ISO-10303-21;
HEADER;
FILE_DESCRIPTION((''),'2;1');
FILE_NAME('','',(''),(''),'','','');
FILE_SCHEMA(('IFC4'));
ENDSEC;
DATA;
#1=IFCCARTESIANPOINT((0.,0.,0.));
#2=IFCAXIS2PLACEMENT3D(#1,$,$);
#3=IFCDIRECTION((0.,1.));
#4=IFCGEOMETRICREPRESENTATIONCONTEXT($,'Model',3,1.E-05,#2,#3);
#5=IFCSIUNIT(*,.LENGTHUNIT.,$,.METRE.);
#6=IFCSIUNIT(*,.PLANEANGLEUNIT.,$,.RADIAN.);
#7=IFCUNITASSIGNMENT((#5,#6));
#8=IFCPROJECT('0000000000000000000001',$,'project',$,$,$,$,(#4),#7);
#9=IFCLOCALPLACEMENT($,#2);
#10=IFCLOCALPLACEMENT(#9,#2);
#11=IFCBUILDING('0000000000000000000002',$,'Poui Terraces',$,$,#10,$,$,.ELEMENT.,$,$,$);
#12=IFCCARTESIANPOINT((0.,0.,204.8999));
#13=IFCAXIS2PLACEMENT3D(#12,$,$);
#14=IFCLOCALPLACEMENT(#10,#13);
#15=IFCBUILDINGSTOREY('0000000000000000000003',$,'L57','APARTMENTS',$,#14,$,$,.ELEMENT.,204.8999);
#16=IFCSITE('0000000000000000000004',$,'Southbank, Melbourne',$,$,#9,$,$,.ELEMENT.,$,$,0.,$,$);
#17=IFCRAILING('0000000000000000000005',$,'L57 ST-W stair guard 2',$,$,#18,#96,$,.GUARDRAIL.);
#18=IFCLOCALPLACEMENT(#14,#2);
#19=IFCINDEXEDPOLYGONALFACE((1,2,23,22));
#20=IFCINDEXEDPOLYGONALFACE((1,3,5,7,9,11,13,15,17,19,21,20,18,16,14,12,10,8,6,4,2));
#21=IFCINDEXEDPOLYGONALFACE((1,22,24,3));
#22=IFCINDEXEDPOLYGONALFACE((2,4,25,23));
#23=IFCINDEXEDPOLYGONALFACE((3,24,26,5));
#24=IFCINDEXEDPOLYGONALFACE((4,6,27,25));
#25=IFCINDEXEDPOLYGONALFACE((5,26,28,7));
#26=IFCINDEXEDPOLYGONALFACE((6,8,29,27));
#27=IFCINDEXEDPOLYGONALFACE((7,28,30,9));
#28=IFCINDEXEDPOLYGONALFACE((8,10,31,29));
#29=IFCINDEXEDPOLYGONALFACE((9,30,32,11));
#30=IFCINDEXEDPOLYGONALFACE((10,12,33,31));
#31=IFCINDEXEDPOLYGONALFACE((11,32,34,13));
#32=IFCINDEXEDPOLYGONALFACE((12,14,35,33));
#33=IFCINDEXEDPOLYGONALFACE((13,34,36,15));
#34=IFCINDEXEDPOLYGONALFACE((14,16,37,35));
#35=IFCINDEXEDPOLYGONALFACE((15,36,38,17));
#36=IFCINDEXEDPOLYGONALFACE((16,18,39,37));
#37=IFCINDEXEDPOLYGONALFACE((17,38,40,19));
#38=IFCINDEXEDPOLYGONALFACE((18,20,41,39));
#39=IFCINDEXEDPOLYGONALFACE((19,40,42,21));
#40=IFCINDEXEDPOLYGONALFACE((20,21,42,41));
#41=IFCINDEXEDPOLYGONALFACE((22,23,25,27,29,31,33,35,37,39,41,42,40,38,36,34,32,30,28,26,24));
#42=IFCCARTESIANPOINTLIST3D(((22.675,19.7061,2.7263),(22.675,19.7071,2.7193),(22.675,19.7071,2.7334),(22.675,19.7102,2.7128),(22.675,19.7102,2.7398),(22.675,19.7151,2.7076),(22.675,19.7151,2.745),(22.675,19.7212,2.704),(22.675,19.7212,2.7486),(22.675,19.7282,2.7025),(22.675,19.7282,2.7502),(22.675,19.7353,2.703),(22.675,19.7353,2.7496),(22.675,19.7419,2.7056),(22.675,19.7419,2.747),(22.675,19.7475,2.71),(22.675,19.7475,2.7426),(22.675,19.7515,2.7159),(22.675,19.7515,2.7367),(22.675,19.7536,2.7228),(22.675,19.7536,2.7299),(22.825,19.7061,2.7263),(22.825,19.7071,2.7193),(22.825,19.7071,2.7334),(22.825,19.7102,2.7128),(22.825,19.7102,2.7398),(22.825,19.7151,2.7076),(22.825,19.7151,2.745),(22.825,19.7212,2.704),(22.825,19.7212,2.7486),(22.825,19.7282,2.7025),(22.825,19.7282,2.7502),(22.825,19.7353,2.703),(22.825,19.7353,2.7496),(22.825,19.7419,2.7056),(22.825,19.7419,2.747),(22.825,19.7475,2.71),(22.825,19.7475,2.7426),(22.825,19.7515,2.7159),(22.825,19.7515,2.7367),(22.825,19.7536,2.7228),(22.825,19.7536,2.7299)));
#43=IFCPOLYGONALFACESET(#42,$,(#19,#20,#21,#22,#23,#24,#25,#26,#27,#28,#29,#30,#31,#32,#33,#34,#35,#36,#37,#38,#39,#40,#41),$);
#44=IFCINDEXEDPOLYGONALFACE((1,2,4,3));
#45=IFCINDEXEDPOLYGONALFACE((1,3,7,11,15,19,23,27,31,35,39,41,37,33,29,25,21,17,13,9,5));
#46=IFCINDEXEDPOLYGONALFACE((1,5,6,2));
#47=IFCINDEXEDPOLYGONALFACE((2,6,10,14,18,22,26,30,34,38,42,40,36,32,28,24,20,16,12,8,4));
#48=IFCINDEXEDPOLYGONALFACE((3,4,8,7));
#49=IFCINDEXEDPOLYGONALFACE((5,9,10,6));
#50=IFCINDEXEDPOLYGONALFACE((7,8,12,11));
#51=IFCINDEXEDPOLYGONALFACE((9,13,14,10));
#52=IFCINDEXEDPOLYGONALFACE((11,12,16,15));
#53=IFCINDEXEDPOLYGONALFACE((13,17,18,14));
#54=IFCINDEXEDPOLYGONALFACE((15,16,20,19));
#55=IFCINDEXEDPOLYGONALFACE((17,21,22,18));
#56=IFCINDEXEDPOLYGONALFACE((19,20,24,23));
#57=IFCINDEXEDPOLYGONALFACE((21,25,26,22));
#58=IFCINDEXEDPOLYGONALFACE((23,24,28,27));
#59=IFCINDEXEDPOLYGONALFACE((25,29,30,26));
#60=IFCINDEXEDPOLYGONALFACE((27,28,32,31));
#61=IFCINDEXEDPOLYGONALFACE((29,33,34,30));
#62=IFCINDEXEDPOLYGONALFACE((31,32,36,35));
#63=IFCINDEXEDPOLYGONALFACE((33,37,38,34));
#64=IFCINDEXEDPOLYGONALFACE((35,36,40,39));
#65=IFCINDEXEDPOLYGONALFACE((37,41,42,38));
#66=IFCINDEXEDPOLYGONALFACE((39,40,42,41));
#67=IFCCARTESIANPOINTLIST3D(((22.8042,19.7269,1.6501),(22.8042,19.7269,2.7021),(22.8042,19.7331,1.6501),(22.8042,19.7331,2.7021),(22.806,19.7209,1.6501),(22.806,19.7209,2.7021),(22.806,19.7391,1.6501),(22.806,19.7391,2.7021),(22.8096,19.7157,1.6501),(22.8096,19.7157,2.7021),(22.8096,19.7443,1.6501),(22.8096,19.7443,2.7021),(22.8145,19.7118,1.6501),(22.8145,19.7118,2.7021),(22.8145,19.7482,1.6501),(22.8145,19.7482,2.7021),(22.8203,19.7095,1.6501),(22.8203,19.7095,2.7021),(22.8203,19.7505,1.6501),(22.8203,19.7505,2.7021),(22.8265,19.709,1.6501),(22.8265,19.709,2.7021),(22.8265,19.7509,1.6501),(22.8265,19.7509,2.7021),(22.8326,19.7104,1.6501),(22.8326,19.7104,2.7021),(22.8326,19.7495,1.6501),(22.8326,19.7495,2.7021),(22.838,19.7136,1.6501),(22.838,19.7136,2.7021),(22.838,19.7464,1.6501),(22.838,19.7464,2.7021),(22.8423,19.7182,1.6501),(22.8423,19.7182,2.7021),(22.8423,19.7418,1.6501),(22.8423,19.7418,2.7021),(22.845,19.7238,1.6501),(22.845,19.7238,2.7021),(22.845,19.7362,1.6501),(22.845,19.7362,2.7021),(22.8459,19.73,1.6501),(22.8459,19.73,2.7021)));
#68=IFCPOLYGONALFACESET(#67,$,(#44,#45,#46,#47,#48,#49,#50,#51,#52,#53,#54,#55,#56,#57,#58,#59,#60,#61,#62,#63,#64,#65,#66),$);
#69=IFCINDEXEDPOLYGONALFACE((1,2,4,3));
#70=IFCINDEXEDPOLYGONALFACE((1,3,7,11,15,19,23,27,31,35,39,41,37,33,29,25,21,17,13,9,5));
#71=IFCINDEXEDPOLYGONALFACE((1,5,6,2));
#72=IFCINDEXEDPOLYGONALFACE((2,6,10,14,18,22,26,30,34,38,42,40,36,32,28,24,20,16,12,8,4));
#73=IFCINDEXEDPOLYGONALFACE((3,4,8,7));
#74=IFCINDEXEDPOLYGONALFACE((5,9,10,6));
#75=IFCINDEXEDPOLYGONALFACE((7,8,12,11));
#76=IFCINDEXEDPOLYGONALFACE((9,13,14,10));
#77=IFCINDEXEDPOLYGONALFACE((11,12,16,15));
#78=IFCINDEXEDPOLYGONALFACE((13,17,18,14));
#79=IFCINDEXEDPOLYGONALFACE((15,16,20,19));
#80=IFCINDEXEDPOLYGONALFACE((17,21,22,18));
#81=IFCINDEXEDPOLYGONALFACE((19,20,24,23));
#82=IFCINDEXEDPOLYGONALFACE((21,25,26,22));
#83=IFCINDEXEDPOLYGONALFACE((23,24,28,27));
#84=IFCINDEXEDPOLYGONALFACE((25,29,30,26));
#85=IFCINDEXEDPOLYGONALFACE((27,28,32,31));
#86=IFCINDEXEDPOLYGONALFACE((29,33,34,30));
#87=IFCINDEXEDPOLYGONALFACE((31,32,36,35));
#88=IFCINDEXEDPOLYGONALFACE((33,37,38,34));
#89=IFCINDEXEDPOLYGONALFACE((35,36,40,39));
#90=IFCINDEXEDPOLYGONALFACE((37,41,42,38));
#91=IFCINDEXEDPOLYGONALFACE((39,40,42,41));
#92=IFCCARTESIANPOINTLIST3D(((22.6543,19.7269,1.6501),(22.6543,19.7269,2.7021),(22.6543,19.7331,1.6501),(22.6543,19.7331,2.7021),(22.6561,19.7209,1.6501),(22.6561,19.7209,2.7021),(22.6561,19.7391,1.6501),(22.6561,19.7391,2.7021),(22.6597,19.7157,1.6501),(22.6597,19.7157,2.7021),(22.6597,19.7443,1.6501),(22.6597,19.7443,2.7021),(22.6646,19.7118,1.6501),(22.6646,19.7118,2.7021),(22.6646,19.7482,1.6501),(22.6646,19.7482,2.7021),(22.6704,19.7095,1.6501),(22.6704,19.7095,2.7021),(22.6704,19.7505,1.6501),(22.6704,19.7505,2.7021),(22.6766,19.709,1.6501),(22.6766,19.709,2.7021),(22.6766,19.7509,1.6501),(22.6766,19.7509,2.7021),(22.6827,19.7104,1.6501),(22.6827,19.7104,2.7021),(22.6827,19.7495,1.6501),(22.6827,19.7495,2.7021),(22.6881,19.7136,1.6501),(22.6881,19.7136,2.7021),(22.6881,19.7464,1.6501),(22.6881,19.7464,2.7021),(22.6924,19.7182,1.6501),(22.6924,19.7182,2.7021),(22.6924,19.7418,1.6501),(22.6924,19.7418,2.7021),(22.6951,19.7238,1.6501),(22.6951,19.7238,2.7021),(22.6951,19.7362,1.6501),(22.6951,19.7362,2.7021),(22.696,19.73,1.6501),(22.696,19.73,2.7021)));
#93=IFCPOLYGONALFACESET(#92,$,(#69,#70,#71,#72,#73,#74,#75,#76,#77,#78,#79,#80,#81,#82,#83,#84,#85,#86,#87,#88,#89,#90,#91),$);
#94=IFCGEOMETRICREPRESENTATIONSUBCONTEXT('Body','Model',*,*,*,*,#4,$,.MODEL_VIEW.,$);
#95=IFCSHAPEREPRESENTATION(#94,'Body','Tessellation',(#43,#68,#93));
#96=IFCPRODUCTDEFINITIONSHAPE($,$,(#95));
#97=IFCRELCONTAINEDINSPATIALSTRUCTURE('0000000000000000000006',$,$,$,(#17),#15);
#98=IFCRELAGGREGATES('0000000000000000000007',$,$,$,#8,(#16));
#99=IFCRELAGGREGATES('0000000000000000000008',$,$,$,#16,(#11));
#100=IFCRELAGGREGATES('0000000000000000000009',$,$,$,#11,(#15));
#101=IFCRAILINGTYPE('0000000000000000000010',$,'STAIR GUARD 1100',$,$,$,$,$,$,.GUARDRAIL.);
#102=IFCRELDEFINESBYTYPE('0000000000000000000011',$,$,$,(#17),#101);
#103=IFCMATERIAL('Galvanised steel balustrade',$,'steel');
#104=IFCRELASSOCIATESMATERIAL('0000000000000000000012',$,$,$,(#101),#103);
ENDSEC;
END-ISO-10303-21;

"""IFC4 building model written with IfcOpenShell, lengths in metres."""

from ifc_helpers import new_model, si_unit, direction, frame, origin, origin_2d, place, context, subcontext, project, spatial, circle, extrude, material, type_object, element, save


model = new_model("IFC4")

# Units and contexts
model_context = context("Model", 3, precision=1e-05, world=origin(), true_north=direction((0.0, 1.0)))
body_context = subcontext(model_context, "Body", "Model", "MODEL_VIEW")
ifc_project = project(units=[si_unit("LENGTHUNIT", "METRE"), si_unit("PLANEANGLEUNIT", "RADIAN")], contexts=[model_context])

# Site, building, storey
site_placement = place(None, origin())
site = spatial("IfcSite", under=ifc_project, at=site_placement, Name="Southbank, Melbourne", CompositionType="ELEMENT", RefElevation=0.0)
building_placement = place(site_placement, origin())
building = spatial("IfcBuilding", under=site, at=building_placement, Name="Poui Terraces", CompositionType="ELEMENT")
storey_placement = place(building_placement, frame((0.0, 0.0, 204.8999)))
storey = spatial("IfcBuildingStorey", under=building, at=storey_placement, Name="L57", Description="APARTMENTS", CompositionType="ELEMENT", Elevation=204.8999)

# Railing
ifc_material_1 = material(Name="Galvanised steel balustrade", Category="steel")
railing_type_1 = type_object("IfcRailingType", Name="STAIR GUARD 1100", PredefinedType="GUARDRAIL", material=ifc_material_1)
railing_1_placement = place(storey_placement, frame((22.825, 19.73, 1.6501)))
element("IfcRailing", 1, at=railing_1_placement, inside=storey, type_object=railing_type_1, Name="L57 ST-W stair guard 2", PredefinedType="GUARDRAIL", context=body_context, shape_type="SweptSolid", body=[
    extrude(circle(Radius=0.0239, at=origin_2d()), frame((0.0, 0.0, 1.0762), z_axis=(-1.0, 0.0, 0.0), x_axis=(0.0, -1.0, 0.0)), (0.0, 0.0, 1.0), 0.1499),
    extrude(circle(Radius=0.021, at=origin_2d()), origin(), (0.0, 0.0, 1.0), 1.052),
    extrude(circle(Radius=0.021, at=origin_2d()), frame((-0.1499, 0.0, 0.0)), (0.0, 0.0, 1.0), 1.052),
])

save(model, "model.ifc")
